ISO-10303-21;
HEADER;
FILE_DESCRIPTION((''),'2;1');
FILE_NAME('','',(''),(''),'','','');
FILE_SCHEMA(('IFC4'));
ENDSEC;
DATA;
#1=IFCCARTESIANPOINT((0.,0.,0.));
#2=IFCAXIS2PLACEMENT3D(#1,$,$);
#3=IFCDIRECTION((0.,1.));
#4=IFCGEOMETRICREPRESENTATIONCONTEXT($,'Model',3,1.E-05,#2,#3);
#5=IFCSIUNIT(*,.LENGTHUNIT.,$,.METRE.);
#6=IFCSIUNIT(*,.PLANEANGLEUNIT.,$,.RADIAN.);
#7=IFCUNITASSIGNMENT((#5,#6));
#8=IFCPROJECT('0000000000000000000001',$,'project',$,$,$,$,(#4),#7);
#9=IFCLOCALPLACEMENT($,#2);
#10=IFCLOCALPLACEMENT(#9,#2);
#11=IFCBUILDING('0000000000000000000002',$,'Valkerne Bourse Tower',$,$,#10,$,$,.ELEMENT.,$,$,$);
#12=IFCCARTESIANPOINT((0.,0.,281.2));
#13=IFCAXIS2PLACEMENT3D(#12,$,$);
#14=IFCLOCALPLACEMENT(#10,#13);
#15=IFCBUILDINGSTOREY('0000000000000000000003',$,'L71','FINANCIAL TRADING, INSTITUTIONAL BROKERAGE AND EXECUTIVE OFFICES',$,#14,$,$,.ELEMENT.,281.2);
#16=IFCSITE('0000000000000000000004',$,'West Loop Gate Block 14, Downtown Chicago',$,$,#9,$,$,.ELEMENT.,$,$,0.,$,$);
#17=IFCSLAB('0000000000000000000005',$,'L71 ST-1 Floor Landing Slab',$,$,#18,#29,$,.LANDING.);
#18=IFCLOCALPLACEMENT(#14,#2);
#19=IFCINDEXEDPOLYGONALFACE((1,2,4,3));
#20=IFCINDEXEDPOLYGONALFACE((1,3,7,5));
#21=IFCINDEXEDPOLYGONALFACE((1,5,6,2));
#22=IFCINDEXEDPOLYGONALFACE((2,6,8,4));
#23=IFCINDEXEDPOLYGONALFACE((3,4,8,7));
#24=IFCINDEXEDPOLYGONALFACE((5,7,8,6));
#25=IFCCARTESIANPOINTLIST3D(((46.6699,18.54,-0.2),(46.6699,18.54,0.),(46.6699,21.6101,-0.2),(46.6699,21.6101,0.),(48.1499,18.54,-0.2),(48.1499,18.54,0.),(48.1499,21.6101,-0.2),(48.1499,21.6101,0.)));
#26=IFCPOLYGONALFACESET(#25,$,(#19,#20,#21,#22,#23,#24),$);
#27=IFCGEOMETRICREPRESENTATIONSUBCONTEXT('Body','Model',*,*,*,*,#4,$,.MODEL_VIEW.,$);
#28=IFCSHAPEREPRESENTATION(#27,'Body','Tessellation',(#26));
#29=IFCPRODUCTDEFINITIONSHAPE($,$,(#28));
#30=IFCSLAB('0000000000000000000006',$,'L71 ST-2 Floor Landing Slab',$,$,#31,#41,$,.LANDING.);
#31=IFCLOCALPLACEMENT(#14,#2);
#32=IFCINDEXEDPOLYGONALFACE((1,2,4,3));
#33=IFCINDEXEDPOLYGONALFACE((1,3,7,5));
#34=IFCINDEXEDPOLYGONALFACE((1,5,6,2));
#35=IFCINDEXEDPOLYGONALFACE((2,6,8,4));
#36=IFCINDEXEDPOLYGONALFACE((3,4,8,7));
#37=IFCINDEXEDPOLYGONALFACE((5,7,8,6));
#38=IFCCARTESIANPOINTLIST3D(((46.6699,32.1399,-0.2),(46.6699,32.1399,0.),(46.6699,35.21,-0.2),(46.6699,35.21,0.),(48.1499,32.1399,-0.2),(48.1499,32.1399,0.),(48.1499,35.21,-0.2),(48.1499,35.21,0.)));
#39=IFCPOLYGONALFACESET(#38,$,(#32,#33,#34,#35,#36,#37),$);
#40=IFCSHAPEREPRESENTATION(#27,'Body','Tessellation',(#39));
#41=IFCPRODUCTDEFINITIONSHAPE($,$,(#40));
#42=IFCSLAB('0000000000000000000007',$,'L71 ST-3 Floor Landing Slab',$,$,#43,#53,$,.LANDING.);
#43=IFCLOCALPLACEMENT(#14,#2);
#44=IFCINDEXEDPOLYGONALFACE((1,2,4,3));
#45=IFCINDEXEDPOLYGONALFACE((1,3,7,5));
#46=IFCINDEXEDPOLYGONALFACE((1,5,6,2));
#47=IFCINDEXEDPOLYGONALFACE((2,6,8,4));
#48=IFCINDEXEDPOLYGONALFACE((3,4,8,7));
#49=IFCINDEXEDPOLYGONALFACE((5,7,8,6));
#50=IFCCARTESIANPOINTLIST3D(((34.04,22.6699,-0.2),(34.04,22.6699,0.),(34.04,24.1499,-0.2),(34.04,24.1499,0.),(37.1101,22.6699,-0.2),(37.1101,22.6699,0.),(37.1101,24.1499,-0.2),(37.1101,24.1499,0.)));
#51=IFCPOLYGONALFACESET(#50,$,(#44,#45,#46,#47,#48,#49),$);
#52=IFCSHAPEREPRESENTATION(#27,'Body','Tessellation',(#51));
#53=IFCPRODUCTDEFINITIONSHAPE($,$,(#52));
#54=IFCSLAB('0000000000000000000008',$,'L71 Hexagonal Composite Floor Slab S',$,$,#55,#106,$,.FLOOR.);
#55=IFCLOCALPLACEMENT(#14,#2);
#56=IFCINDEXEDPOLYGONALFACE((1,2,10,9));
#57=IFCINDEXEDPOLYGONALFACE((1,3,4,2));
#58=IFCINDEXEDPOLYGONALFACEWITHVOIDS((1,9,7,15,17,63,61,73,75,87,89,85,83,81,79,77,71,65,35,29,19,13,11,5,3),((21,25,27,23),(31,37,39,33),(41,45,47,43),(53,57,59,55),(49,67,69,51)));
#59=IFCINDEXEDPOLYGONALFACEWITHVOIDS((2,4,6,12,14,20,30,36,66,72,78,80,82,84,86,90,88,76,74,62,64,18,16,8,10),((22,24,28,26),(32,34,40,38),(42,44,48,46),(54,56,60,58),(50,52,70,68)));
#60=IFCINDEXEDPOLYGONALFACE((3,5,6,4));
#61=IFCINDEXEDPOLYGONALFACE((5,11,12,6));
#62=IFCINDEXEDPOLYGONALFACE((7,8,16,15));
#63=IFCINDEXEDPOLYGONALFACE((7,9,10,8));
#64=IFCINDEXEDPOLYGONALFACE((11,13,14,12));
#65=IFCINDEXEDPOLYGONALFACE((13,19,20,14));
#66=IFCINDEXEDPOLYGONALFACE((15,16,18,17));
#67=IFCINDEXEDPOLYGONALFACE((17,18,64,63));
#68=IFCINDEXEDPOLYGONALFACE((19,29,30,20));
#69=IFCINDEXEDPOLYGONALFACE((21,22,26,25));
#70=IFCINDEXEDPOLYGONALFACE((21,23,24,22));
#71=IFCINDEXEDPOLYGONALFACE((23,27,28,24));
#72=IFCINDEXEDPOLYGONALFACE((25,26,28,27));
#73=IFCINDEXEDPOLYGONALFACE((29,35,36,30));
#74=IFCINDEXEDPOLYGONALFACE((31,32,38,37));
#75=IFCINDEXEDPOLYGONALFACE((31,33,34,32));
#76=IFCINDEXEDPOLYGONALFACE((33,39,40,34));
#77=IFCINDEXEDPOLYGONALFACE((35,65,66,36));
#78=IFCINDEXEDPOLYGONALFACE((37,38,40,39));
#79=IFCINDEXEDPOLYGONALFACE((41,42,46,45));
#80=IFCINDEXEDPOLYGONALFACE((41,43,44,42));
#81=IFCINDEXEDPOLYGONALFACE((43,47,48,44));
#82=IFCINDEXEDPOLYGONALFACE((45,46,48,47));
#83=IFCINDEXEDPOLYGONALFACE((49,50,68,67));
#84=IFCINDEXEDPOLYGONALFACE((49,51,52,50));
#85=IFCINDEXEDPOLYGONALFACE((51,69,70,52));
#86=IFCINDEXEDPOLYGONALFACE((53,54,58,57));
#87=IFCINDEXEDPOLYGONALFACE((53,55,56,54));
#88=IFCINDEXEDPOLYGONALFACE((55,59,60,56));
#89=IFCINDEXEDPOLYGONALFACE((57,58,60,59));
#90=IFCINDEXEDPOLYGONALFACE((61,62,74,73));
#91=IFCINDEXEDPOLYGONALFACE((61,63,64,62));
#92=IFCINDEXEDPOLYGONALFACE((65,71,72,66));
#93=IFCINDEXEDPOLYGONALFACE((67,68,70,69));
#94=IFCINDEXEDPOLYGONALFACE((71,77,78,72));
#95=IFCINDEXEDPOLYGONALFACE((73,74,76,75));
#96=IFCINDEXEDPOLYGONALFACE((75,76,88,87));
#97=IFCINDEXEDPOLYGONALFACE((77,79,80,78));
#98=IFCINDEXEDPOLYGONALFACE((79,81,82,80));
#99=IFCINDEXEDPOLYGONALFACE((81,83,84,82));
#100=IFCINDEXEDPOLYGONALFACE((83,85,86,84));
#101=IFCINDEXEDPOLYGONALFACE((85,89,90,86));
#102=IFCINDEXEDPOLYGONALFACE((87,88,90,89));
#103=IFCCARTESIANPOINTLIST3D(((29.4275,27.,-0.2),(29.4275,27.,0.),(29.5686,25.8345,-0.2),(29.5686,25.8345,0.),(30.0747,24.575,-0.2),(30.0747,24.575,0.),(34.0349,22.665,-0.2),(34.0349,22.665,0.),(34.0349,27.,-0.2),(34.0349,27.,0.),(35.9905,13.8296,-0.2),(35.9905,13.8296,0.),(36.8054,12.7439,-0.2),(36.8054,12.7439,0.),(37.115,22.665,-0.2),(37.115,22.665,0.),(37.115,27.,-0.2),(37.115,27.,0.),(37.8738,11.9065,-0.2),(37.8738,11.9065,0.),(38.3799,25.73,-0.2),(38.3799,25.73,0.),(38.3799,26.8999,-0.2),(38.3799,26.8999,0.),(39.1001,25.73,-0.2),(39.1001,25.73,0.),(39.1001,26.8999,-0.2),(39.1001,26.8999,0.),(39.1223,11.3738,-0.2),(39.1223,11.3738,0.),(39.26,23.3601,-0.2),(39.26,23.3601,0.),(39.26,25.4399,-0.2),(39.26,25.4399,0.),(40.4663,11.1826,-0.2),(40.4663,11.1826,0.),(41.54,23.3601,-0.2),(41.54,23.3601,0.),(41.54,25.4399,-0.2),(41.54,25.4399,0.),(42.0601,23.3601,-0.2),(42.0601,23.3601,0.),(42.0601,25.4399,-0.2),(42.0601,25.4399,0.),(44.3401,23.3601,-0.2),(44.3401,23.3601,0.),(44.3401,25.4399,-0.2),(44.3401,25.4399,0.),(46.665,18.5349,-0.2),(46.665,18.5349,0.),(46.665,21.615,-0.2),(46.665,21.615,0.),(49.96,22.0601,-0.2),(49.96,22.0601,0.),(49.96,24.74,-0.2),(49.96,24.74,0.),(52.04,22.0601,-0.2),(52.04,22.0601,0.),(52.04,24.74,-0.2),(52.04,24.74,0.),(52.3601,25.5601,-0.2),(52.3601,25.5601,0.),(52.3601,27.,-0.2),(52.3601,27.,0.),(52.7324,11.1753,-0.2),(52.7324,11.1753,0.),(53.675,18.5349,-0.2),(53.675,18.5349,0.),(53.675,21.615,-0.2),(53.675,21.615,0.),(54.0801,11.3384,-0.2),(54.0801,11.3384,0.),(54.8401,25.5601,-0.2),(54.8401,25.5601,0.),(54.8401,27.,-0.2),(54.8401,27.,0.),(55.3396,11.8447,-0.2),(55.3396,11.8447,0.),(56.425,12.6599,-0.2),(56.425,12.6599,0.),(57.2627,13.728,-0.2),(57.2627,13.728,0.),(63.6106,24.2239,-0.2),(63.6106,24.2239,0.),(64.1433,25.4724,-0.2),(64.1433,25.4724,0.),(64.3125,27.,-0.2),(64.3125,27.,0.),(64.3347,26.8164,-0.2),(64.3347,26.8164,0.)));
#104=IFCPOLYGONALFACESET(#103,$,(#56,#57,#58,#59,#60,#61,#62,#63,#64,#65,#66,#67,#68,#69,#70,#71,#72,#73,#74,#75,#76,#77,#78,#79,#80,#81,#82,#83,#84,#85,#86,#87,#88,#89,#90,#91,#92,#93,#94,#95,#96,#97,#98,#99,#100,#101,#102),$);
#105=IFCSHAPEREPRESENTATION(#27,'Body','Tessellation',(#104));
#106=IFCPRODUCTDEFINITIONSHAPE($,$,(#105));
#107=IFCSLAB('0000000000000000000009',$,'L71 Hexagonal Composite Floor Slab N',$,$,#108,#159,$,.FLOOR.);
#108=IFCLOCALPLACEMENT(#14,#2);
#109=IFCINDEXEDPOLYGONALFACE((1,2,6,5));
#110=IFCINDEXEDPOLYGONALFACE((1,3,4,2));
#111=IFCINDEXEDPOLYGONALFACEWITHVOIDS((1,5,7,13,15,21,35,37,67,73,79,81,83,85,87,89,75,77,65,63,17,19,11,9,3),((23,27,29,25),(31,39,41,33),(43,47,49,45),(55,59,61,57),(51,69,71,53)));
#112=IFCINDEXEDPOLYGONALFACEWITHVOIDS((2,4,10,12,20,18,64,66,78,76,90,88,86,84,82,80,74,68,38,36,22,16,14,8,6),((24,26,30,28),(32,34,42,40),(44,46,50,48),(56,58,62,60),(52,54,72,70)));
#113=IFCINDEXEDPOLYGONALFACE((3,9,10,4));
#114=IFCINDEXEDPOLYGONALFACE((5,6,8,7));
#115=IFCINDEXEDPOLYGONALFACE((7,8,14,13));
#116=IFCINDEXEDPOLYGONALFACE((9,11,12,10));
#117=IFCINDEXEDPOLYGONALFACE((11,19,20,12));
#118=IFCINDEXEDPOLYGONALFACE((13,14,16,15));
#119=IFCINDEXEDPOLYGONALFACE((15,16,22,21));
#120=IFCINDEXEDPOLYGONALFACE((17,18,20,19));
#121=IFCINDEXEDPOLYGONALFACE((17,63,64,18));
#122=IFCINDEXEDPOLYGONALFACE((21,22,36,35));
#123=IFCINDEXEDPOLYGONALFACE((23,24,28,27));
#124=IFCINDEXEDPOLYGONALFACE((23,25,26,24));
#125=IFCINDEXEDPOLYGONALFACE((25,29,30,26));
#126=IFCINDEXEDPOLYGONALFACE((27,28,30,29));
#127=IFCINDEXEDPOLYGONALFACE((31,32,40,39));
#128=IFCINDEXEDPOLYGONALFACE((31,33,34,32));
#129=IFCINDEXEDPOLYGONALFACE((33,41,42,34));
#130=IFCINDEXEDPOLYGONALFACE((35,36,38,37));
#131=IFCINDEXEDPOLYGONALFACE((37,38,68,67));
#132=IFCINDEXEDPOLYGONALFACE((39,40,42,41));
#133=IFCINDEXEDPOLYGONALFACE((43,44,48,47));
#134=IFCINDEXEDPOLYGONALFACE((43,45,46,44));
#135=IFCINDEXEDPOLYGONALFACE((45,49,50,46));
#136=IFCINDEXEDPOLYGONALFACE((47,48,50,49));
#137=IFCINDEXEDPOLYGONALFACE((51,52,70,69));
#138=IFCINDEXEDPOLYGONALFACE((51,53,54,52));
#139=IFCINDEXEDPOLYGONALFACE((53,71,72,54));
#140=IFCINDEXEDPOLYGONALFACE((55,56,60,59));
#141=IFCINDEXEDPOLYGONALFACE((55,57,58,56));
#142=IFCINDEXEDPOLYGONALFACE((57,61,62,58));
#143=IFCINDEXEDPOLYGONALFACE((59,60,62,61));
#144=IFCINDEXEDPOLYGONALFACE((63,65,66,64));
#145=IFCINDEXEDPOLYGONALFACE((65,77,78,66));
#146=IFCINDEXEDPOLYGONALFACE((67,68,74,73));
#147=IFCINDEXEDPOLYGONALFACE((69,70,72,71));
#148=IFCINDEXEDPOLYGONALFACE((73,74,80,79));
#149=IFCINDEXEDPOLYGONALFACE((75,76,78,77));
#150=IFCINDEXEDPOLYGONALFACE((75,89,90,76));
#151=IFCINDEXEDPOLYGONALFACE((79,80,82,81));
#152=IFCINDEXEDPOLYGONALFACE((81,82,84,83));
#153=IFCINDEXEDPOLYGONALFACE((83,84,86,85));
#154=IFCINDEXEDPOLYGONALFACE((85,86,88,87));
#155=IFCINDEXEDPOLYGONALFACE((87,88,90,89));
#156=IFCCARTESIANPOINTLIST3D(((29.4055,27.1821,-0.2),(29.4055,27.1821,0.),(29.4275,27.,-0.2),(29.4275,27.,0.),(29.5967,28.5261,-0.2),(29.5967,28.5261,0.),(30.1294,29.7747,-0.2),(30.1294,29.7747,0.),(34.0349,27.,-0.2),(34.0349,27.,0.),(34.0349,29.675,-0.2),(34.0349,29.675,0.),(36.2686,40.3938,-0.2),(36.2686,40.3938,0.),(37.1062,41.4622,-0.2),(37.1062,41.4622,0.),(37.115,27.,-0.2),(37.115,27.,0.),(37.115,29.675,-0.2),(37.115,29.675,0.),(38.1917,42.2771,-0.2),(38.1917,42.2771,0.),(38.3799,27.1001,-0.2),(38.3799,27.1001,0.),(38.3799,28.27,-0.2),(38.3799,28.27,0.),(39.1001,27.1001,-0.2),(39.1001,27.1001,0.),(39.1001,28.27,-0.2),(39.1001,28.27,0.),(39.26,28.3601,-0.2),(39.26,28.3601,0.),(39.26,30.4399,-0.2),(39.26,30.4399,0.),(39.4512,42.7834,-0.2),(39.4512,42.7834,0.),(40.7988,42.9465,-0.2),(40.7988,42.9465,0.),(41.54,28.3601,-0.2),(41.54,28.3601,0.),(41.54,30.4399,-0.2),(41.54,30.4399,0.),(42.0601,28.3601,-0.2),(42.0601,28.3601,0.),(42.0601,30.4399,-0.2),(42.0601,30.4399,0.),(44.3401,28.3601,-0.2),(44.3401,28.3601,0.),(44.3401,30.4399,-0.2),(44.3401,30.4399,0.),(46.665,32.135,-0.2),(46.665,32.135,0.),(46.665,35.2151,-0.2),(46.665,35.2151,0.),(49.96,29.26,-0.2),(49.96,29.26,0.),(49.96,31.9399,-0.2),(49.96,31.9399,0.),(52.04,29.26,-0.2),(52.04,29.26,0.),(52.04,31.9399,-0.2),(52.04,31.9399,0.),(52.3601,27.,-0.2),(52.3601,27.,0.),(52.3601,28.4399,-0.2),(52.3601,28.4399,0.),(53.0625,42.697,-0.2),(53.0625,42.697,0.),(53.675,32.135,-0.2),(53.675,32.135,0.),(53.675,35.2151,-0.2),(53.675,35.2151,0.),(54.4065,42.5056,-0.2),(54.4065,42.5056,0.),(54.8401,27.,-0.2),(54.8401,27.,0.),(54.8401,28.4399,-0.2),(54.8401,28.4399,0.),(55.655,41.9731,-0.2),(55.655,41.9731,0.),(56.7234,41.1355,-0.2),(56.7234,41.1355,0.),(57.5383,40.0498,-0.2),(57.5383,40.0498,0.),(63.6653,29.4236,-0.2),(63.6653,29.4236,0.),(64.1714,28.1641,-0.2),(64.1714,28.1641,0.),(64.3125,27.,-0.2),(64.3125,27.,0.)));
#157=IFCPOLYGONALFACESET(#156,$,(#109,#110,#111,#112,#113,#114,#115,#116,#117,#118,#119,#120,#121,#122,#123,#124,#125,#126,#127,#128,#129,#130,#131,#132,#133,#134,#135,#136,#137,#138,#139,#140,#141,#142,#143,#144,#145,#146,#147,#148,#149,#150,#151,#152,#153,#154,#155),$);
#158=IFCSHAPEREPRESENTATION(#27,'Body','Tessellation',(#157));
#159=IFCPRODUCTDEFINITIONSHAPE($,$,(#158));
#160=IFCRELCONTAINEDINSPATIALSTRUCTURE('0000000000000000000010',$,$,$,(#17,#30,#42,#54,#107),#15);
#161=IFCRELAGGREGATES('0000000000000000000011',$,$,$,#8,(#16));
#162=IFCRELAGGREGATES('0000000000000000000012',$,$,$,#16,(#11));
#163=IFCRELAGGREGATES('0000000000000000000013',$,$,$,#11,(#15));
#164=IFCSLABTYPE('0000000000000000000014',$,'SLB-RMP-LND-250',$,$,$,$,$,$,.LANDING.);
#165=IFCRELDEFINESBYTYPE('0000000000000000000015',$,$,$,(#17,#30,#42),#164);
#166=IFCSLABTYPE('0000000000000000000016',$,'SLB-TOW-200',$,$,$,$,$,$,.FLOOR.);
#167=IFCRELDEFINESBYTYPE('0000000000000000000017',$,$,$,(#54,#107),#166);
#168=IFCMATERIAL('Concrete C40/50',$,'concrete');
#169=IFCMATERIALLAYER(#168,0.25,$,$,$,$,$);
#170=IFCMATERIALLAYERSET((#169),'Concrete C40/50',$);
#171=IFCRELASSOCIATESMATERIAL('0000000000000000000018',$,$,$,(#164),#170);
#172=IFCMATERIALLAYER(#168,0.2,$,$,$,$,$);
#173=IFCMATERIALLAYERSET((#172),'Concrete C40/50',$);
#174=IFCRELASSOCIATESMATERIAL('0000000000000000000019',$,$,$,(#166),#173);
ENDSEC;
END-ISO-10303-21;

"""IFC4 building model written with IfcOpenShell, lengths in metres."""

from ifc_helpers import new_model, si_unit, direction, frame, origin, place, context, subcontext, project, spatial, polyline, outline, extrude, material, layer, layer_set, type_object, element, save


model = new_model("IFC4")

# Units and contexts
model_context = context("Model", 3, precision=1e-05, world=origin(), true_north=direction((0.0, 1.0)))
body_context = subcontext(model_context, "Body", "Model", "MODEL_VIEW")
ifc_project = project(units=[si_unit("LENGTHUNIT", "METRE"), si_unit("PLANEANGLEUNIT", "RADIAN")], contexts=[model_context])

# Site, building, storey
site_placement = place(None, origin())
site = spatial("IfcSite", under=ifc_project, at=site_placement, Name="West Loop Gate Block 14, Downtown Chicago", CompositionType="ELEMENT", RefElevation=0.0)
building_placement = place(site_placement, origin())
building = spatial("IfcBuilding", under=site, at=building_placement, Name="Valkerne Bourse Tower", CompositionType="ELEMENT")
storey_placement = place(building_placement, frame((0.0, 0.0, 281.2)))
storey = spatial("IfcBuildingStorey", under=building, at=storey_placement, Name="L71", Description="FINANCIAL TRADING, INSTITUTIONAL BROKERAGE AND EXECUTIVE OFFICES", CompositionType="ELEMENT", Elevation=281.2)

# Slabs
ifc_material_1 = material(Name="Concrete C40/50", Category="concrete")
ifc_layer_1 = layer(ifc_material_1, 0.25)
ifc_layer_set_1 = layer_set([ifc_layer_1], Name="Concrete C40/50")
slab_type_1 = type_object("IfcSlabType", Name="SLB-RMP-LND-250", PredefinedType="LANDING", material=ifc_layer_set_1)
slab_1_placement = place(storey_placement, frame((0.0, 0.0, -0.2)))
element("IfcSlab", 1, at=slab_1_placement, inside=storey, type_object=slab_type_1, Name="L71 ST-1 Floor Landing Slab", PredefinedType="LANDING", context=body_context, shape_type="SweptSolid", body=[
    extrude(outline(polyline([(46.6699, 18.54), (48.1499, 18.54), (48.1499, 21.6101), (46.6699, 21.6101), (46.6699, 18.54)])), origin(), (0.0, 0.0, 1.0), 0.2),
])
slab_2_placement = place(storey_placement, frame((0.0, 0.0, -0.2)))
element("IfcSlab", 2, at=slab_2_placement, inside=storey, type_object=slab_type_1, Name="L71 ST-2 Floor Landing Slab", PredefinedType="LANDING", context=body_context, shape_type="SweptSolid", body=[
    extrude(outline(polyline([(46.6699, 32.1399), (48.1499, 32.1399), (48.1499, 35.21), (46.6699, 35.21), (46.6699, 32.1399)])), origin(), (0.0, 0.0, 1.0), 0.2),
])
slab_3_placement = place(storey_placement, frame((0.0, 0.0, -0.2)))
element("IfcSlab", 3, at=slab_3_placement, inside=storey, type_object=slab_type_1, Name="L71 ST-3 Floor Landing Slab", PredefinedType="LANDING", context=body_context, shape_type="SweptSolid", body=[
    extrude(outline(polyline([(37.1101, 22.6699), (37.1101, 24.1499), (34.04, 24.1499), (34.04, 22.6699), (37.1101, 22.6699)])), origin(), (0.0, 0.0, 1.0), 0.2),
])
ifc_layer_2 = layer(ifc_material_1, 0.2)
ifc_layer_set_2 = layer_set([ifc_layer_2], Name="Concrete C40/50")
slab_type_2 = type_object("IfcSlabType", Name="SLB-TOW-200", PredefinedType="FLOOR", material=ifc_layer_set_2)
slab_4_placement = place(storey_placement, frame((0.0, 0.0, -0.2)))
element("IfcSlab", 4, at=slab_4_placement, inside=storey, type_object=slab_type_2, Name="L71 Hexagonal Composite Floor Slab S", PredefinedType="FLOOR", context=body_context, shape_type="SweptSolid", body=[
    extrude(outline(polyline([(64.3347, 26.8164), (64.1433, 25.4724), (63.6106, 24.2239), (57.2627, 13.728), (56.425, 12.6599), (55.3396, 11.8447), (54.0801, 11.3384), (52.7324, 11.1753), (40.4663, 11.1826), (39.1223, 11.3738), (37.8738, 11.9065), (36.8054, 12.7439), (35.9905, 13.8296), (30.0747, 24.575), (29.5686, 25.8345), (29.4275, 27.0), (34.0349, 27.0), (34.0349, 22.665), (37.115, 22.665), (37.115, 27.0), (52.3601, 27.0), (52.3601, 25.5601), (54.8401, 25.5601), (54.8401, 27.0), (64.3125, 27.0), (64.3347, 26.8164)]), holes=[polyline([(39.26, 25.4399), (39.26, 23.3601), (41.54, 23.3601), (41.54, 25.4399), (39.26, 25.4399)]), polyline([(44.3401, 25.4399), (42.0601, 25.4399), (42.0601, 23.3601), (44.3401, 23.3601), (44.3401, 25.4399)]), polyline([(38.3799, 26.8999), (38.3799, 25.73), (39.1001, 25.73), (39.1001, 26.8999), (38.3799, 26.8999)]), polyline([(46.665, 21.615), (46.665, 18.5349), (53.675, 18.5349), (53.675, 21.615), (46.665, 21.615)]), polyline([(52.04, 24.74), (49.96, 24.74), (49.96, 22.0601), (52.04, 22.0601), (52.04, 24.74)])]), origin(), (0.0, 0.0, 1.0), 0.2),
])
slab_5_placement = place(storey_placement, frame((0.0, 0.0, -0.2)))
element("IfcSlab", 5, at=slab_5_placement, inside=storey, type_object=slab_type_2, Name="L71 Hexagonal Composite Floor Slab N", PredefinedType="FLOOR", context=body_context, shape_type="SweptSolid", body=[
    extrude(outline(polyline([(64.1714, 28.1641), (64.3125, 27.0), (54.8401, 27.0), (54.8401, 28.4399), (52.3601, 28.4399), (52.3601, 27.0), (37.115, 27.0), (37.115, 29.675), (34.0349, 29.675), (34.0349, 27.0), (29.4275, 27.0), (29.4055, 27.1821), (29.5967, 28.5261), (30.1294, 29.7747), (36.2686, 40.3938), (37.1062, 41.4622), (38.1917, 42.2771), (39.4512, 42.7834), (40.7988, 42.9465), (53.0625, 42.697), (54.4065, 42.5056), (55.655, 41.9731), (56.7234, 41.1355), (57.5383, 40.0498), (63.6653, 29.4236), (64.1714, 28.1641)]), holes=[polyline([(39.1001, 28.27), (38.3799, 28.27), (38.3799, 27.1001), (39.1001, 27.1001), (39.1001, 28.27)]), polyline([(41.54, 30.4399), (39.26, 30.4399), (39.26, 28.3601), (41.54, 28.3601), (41.54, 30.4399)]), polyline([(42.0601, 30.4399), (42.0601, 28.3601), (44.3401, 28.3601), (44.3401, 30.4399), (42.0601, 30.4399)]), polyline([(52.04, 31.9399), (49.96, 31.9399), (49.96, 29.26), (52.04, 29.26), (52.04, 31.9399)]), polyline([(53.675, 35.2151), (46.665, 35.2151), (46.665, 32.135), (53.675, 32.135), (53.675, 35.2151)])]), origin(), (0.0, 0.0, 1.0), 0.2),
])

save(model, "model.ifc")
